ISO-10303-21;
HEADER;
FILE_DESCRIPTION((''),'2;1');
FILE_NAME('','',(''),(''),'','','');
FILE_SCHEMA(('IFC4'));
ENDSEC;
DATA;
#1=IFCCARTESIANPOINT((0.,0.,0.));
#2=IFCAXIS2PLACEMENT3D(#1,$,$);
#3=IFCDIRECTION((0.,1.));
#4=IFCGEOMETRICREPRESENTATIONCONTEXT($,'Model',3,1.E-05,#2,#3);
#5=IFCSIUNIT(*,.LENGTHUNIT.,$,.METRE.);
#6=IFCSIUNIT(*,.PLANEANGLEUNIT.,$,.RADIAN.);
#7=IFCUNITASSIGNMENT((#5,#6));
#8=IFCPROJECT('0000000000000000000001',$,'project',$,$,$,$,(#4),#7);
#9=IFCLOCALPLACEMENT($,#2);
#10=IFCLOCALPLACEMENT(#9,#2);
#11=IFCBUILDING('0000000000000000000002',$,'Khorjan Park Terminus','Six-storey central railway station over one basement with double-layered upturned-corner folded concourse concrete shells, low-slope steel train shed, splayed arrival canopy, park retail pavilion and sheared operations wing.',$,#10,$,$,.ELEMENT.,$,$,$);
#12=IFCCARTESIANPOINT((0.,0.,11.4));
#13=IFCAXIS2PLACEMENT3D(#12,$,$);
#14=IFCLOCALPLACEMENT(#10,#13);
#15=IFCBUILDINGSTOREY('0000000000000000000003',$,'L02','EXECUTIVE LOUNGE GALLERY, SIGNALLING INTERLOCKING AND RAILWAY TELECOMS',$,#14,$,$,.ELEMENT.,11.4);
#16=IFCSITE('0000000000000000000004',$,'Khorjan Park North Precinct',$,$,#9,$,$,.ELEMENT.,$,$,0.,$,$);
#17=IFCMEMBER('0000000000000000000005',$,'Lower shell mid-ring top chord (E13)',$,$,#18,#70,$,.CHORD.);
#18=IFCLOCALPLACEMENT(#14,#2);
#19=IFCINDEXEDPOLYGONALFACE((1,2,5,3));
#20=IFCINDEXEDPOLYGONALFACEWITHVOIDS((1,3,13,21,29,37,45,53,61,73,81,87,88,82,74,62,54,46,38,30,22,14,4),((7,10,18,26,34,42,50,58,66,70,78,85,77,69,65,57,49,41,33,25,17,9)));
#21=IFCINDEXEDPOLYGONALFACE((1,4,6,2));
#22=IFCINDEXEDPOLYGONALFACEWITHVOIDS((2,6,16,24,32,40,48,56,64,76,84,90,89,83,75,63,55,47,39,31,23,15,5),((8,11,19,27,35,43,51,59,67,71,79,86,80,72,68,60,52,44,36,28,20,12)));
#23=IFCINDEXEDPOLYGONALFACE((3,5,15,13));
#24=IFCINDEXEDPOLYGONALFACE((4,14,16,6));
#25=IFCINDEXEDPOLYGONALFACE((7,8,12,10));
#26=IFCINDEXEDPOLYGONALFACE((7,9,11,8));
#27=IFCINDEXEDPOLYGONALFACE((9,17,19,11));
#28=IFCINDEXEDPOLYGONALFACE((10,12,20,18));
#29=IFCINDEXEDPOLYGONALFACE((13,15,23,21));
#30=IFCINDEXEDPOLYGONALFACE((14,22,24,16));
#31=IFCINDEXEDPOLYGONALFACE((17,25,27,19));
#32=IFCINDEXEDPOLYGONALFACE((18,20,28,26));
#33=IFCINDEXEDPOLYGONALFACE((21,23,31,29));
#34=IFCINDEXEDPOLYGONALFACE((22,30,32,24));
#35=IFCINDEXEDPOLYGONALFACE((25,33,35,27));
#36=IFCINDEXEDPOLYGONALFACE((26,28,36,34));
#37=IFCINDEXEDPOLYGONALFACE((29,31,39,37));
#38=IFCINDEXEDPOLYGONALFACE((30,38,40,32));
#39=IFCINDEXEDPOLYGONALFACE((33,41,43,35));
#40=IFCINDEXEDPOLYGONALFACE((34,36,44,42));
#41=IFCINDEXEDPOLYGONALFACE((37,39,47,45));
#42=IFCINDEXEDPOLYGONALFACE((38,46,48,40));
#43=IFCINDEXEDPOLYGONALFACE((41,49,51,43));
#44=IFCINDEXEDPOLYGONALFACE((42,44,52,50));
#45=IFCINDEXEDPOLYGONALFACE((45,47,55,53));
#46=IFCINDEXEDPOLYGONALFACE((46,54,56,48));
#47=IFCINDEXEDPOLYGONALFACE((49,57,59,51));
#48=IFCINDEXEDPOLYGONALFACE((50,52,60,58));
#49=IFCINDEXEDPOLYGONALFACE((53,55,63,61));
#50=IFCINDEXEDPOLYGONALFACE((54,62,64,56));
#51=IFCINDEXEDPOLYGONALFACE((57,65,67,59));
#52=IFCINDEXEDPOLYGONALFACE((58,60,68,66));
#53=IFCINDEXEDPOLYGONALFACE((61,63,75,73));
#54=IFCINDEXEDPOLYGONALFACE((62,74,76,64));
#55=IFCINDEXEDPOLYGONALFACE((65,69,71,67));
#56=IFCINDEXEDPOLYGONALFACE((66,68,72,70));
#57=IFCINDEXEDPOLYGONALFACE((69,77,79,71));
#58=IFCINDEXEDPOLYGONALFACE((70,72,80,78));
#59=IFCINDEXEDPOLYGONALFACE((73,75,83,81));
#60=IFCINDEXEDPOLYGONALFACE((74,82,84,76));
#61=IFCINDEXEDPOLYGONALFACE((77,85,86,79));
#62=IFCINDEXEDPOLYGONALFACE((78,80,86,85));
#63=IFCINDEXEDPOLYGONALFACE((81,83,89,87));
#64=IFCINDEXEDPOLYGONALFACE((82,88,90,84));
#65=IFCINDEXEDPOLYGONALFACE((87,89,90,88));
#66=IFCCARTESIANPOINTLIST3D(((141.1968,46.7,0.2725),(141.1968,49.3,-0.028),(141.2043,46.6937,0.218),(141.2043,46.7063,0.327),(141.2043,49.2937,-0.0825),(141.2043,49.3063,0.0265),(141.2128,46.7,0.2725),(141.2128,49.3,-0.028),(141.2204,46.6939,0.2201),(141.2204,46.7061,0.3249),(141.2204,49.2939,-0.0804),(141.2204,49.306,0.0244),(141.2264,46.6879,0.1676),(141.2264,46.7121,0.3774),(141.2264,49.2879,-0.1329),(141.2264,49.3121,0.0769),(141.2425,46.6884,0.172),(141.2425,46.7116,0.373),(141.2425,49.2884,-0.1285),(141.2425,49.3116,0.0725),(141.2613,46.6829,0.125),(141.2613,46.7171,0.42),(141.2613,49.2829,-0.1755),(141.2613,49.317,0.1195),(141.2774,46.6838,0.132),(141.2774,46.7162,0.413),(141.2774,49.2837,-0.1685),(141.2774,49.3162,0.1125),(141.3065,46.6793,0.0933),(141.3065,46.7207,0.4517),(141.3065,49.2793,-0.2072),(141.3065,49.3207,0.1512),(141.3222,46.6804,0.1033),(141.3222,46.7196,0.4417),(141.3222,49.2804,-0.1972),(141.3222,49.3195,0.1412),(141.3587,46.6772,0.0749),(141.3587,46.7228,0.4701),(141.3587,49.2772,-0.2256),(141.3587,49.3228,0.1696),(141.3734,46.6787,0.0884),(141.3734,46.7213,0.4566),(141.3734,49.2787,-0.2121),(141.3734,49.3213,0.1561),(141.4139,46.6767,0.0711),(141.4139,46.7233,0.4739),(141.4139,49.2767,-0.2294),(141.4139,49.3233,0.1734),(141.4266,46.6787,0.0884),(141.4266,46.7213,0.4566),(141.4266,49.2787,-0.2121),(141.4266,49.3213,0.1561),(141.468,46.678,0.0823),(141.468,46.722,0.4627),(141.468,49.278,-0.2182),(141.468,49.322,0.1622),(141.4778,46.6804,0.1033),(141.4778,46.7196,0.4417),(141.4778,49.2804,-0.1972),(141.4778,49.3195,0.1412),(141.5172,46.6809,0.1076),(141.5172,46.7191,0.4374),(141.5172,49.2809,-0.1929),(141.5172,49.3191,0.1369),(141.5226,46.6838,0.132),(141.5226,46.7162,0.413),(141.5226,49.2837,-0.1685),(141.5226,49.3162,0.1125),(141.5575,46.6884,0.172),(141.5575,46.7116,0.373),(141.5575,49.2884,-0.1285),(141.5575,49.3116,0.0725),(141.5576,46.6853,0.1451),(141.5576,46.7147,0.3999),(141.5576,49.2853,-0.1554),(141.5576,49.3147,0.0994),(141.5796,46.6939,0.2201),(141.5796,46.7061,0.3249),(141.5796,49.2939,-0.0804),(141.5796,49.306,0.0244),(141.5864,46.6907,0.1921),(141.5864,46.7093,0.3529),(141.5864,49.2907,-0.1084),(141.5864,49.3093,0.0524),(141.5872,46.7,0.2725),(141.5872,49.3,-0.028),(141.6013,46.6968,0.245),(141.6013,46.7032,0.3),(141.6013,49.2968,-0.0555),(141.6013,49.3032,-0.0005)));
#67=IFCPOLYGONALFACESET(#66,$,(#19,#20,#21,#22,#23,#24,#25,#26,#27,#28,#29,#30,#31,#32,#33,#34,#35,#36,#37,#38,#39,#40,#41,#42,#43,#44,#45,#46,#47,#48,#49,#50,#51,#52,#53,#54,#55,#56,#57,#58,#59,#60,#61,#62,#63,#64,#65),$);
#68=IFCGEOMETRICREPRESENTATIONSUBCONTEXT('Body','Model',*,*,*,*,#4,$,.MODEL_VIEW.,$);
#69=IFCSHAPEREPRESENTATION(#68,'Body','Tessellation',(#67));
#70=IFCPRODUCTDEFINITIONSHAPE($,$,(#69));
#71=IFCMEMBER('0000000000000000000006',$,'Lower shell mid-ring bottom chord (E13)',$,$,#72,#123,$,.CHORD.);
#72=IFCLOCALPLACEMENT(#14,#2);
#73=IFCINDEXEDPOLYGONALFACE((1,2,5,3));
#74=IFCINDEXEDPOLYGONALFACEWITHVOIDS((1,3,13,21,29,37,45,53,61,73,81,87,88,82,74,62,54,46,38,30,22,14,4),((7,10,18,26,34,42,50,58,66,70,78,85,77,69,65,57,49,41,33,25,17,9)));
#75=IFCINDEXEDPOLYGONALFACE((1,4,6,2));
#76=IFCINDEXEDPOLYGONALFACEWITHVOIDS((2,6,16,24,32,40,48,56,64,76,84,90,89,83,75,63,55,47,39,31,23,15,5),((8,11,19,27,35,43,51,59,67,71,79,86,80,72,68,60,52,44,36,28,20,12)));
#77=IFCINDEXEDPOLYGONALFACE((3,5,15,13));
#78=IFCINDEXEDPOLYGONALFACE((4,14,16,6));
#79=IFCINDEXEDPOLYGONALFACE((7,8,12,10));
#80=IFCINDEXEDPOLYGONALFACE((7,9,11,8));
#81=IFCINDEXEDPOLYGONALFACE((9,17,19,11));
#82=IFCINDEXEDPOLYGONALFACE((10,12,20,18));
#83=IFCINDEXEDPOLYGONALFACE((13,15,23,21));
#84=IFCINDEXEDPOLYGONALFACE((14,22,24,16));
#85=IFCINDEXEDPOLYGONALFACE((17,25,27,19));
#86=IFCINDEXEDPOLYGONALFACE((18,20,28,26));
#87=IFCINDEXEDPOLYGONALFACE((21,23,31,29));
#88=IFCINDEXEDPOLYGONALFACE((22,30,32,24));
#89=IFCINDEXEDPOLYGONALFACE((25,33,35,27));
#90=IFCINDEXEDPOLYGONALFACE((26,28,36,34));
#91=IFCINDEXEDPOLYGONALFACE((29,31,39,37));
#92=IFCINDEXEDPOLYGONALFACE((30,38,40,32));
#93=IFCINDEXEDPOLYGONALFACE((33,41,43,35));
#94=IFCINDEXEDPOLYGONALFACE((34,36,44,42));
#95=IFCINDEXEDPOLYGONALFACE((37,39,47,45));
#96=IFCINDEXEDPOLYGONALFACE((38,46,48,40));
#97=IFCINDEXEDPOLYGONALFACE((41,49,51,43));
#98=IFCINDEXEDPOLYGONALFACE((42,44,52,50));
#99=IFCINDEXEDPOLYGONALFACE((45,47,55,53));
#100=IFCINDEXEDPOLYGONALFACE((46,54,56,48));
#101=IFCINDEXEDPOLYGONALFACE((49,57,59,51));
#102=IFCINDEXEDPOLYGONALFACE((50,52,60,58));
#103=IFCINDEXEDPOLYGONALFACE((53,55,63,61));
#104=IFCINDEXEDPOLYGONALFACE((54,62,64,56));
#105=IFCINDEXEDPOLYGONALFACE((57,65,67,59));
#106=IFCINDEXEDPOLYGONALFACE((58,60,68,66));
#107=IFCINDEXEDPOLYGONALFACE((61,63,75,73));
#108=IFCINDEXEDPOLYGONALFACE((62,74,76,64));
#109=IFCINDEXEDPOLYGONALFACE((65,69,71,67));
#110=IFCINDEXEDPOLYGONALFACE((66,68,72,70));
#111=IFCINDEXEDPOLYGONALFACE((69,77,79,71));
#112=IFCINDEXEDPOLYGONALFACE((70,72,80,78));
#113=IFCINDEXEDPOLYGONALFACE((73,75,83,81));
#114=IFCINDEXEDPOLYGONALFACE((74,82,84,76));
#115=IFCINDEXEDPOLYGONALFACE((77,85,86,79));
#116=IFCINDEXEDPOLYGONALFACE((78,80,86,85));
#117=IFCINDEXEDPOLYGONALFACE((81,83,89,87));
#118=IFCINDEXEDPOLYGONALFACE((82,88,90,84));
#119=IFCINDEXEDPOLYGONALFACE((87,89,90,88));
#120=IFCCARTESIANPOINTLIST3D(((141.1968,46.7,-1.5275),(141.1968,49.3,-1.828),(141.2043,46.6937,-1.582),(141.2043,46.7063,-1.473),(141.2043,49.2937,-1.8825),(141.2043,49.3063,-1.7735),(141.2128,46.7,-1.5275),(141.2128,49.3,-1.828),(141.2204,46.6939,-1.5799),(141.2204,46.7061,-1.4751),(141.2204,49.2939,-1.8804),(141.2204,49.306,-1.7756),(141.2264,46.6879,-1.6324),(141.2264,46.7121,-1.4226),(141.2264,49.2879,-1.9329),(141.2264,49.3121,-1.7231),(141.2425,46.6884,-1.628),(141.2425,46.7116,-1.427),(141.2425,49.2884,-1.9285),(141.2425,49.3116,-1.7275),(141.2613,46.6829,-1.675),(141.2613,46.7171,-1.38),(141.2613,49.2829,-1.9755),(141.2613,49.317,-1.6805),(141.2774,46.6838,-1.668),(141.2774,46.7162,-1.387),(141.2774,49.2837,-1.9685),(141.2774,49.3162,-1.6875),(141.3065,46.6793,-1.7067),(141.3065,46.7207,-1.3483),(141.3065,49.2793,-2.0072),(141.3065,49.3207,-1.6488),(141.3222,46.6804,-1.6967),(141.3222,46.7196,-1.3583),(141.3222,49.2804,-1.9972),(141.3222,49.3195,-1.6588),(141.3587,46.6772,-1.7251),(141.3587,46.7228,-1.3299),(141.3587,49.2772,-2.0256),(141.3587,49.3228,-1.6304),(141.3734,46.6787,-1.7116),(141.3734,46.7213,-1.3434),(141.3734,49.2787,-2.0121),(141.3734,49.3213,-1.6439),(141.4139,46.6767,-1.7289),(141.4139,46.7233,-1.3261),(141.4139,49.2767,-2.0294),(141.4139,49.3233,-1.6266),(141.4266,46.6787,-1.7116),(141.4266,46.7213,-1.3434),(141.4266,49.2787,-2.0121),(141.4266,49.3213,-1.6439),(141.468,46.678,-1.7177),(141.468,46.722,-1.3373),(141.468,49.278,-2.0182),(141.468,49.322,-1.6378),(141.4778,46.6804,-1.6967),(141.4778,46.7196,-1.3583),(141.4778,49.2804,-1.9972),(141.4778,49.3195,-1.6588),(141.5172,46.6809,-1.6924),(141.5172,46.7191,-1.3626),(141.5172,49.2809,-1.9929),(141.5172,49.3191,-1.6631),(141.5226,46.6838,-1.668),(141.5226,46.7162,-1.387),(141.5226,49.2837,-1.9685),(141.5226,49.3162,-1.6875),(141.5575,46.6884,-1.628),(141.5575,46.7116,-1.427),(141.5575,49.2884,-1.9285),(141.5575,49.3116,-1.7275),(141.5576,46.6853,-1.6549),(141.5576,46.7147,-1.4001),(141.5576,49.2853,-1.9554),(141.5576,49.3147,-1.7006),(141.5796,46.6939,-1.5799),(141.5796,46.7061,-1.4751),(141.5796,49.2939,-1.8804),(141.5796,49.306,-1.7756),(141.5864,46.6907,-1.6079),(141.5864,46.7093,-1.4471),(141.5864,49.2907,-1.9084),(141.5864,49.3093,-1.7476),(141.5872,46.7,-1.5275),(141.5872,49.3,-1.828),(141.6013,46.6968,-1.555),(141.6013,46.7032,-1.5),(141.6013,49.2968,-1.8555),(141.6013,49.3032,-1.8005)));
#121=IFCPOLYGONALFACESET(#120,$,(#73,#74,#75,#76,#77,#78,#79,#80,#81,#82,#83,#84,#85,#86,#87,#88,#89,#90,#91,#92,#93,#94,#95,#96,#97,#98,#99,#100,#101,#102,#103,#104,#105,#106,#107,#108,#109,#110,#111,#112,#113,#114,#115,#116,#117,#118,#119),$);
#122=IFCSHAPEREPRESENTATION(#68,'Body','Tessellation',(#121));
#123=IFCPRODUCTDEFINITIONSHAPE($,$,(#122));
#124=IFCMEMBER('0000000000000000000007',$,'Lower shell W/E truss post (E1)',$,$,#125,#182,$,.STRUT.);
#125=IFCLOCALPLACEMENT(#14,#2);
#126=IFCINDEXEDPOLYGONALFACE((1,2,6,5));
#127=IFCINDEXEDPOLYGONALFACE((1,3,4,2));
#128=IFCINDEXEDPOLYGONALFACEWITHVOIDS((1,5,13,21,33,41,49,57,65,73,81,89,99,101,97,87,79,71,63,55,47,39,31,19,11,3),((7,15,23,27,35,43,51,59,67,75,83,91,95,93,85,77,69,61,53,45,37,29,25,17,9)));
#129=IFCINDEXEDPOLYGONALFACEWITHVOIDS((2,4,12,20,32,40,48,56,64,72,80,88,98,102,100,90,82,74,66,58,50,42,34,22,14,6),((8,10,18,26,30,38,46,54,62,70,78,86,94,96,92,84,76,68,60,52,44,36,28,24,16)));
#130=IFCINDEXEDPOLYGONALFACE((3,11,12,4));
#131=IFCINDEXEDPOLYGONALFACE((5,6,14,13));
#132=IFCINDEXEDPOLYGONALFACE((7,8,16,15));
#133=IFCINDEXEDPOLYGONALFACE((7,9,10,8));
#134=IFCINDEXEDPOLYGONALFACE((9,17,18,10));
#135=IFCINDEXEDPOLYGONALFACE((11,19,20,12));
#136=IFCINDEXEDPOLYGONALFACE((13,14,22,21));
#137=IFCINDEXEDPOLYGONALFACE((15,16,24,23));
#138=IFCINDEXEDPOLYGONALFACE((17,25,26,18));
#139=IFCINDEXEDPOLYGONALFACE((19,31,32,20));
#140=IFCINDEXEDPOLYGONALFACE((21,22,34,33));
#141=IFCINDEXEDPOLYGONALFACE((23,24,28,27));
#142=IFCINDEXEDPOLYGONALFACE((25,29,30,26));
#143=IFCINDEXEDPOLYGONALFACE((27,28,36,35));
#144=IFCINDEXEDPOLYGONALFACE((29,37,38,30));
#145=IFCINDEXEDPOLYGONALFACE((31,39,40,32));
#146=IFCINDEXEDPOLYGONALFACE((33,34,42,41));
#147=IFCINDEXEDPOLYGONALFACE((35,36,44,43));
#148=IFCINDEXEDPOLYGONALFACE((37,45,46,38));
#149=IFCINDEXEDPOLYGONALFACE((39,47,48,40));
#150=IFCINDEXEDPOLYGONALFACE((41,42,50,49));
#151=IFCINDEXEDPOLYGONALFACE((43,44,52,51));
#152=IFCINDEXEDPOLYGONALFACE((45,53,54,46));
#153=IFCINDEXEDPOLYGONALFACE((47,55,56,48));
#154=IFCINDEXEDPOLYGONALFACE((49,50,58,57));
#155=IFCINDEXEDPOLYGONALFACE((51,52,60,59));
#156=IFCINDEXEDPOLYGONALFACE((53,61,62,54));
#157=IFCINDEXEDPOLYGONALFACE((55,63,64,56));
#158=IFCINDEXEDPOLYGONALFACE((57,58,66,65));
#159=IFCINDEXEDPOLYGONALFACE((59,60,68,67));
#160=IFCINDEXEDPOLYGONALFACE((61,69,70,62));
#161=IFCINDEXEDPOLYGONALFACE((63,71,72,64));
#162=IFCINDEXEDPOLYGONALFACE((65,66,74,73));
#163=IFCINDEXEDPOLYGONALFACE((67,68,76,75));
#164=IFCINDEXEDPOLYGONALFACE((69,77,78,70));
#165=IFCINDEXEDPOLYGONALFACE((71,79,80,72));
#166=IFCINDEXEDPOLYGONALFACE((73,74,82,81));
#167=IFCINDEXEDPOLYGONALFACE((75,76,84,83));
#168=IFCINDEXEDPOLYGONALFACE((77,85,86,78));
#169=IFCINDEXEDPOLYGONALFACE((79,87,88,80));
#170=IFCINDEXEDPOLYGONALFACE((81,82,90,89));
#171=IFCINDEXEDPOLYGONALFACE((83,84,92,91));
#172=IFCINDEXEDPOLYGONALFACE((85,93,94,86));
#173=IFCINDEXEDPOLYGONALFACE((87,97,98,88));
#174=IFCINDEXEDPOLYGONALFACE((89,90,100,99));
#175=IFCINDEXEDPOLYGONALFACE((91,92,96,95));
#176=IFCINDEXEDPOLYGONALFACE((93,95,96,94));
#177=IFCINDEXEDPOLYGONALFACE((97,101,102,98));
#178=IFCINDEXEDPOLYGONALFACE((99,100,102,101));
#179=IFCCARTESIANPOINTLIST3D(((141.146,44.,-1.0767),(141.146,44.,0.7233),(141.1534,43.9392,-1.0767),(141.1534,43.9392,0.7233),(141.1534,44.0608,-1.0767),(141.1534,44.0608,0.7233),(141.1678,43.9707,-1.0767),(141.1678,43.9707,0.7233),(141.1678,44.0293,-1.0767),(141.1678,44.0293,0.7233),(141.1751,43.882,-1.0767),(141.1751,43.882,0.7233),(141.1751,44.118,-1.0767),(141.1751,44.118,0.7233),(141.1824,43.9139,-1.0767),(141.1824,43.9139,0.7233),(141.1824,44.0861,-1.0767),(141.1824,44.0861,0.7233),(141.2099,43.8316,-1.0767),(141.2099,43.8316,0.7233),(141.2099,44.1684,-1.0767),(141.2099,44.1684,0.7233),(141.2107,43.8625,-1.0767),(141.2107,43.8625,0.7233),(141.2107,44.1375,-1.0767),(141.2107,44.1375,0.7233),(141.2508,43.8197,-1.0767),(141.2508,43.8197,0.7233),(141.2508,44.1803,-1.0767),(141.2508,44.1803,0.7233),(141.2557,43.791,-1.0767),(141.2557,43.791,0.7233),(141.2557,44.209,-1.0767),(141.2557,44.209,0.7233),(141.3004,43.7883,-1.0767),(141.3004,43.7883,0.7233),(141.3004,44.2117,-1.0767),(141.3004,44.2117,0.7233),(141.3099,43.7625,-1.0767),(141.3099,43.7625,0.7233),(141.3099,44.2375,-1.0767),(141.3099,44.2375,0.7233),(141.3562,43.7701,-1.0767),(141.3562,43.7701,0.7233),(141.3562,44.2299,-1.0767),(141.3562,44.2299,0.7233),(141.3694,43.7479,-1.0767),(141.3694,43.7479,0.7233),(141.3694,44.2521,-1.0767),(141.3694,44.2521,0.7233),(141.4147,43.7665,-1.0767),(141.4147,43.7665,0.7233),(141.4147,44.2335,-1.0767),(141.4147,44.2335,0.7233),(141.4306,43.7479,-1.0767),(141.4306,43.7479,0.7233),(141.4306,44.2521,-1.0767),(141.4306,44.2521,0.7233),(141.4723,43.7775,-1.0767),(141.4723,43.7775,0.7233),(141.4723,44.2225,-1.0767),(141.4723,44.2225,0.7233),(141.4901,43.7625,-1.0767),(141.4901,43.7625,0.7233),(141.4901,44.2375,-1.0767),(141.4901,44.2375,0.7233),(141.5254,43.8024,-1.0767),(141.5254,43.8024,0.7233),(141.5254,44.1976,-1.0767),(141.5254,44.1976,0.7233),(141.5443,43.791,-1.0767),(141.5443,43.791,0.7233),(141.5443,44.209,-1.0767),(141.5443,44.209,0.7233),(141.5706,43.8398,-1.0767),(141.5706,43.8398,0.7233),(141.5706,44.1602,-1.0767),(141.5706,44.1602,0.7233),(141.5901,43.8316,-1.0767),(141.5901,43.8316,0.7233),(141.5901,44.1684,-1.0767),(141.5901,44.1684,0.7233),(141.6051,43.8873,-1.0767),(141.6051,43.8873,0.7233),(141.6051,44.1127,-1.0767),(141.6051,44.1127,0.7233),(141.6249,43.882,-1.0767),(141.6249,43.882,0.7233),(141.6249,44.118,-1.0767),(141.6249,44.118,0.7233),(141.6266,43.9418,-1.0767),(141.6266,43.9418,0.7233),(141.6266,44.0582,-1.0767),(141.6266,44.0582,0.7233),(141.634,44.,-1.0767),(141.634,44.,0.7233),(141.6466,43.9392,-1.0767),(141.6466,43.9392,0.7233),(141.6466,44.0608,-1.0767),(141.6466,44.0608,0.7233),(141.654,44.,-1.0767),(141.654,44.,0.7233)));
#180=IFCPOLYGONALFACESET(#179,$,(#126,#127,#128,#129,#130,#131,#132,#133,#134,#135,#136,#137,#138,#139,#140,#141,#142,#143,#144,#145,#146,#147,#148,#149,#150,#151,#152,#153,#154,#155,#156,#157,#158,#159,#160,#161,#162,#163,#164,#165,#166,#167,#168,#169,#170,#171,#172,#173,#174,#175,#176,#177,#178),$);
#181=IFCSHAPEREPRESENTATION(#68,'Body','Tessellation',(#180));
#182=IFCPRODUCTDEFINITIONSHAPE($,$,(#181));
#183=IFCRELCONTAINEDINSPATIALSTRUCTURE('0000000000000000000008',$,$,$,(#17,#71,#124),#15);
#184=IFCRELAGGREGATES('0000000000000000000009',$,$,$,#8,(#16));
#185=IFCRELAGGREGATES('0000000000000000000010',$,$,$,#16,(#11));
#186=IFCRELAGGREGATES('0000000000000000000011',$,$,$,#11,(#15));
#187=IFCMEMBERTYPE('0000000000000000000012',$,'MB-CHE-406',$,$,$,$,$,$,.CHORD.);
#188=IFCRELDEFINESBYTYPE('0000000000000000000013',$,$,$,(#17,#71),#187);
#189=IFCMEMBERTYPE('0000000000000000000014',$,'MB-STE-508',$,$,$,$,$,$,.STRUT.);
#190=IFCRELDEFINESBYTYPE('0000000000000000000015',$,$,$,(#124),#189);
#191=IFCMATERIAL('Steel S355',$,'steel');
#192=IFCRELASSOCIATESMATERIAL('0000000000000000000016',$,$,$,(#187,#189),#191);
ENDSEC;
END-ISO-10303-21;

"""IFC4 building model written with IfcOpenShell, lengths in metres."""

from ifc_helpers import new_model, si_unit, direction, frame, origin, origin_2d, place, context, subcontext, project, spatial, hollow_circle, extrude, material, material_profile, profile_set, type_object, element, save


model = new_model("IFC4")

# Units and contexts
model_context = context("Model", 3, precision=1e-05, world=origin(), true_north=direction((0.0, 1.0)))
body_context = subcontext(model_context, "Body", "Model", "MODEL_VIEW")
ifc_project = project(units=[si_unit("LENGTHUNIT", "METRE"), si_unit("PLANEANGLEUNIT", "RADIAN")], contexts=[model_context])

# Site, building, storey
site_placement = place(None, origin())
site = spatial("IfcSite", under=ifc_project, at=site_placement, Name="Khorjan Park North Precinct", CompositionType="ELEMENT", RefElevation=0.0)
building_placement = place(site_placement, origin())
building = spatial("IfcBuilding", under=site, at=building_placement, Name="Khorjan Park Terminus", Description="Six-storey central railway station over one basement with double-layered upturned-corner folded concourse concrete shells, low-slope steel train shed, splayed arrival canopy, park retail pavilion and sheared operations wing.", CompositionType="ELEMENT")
storey_placement = place(building_placement, frame((0.0, 0.0, 11.4)))
storey = spatial("IfcBuildingStorey", under=building, at=storey_placement, Name="L02", Description="EXECUTIVE LOUNGE GALLERY, SIGNALLING INTERLOCKING AND RAILWAY TELECOMS", CompositionType="ELEMENT", Elevation=11.4)

# Shared definitions
ifc_material_1 = material(Name="Steel S355", Category="steel")

# Members
ifc_material_profile_1 = material_profile(ifc_material_1, hollow_circle(Radius=0.2032, WallThickness=0.016, at=origin_2d()), Name="CHS 406.4x16")
ifc_profile_set_1 = profile_set([ifc_material_profile_1], Name="Steel S355")
member_type_1 = type_object("IfcMemberType", Name="MB-CHE-406", PredefinedType="CHORD", material=ifc_profile_set_1)
for number, where, z_axis, x_axis, name in (
    (1, (141.4, 46.7, 0.2725), (0.0, 0.993387, -0.114813), (-1.0, 0.0, 0.0), "Lower shell mid-ring top chord (E13)"),
    (2, (141.4, 46.7, -1.5275), (0.0, 0.993387, -0.114813), (-1.0, 0.0, 0.0), "Lower shell mid-ring bottom chord (E13)"),
):
    element("IfcMember", number, at=place(storey_placement, frame(where, z_axis=z_axis, x_axis=x_axis)), inside=storey, type_object=member_type_1, Name=name, PredefinedType="CHORD", context=body_context, shape_type="SweptSolid", body=[
        extrude(hollow_circle(Radius=0.2032, WallThickness=0.016, at=origin_2d()), origin(), (0.0, 0.0, 1.0), 2.6173),
    ])
ifc_material_profile_2 = material_profile(ifc_material_1, hollow_circle(Radius=0.254, WallThickness=0.02, at=origin_2d()), Name="CHS 508x20")
ifc_profile_set_2 = profile_set([ifc_material_profile_2], Name="Steel S355")
member_type_2 = type_object("IfcMemberType", Name="MB-STE-508", PredefinedType="STRUT", material=ifc_profile_set_2)
for number, where, z_axis, x_axis, name in (
    (3, (141.4, 44.0, -1.0767), (0.0, 0.0, 1.0), (1.0, 0.0, 0.0), "Lower shell W/E truss post (E1)"),
):
    element("IfcMember", number, at=place(storey_placement, frame(where, z_axis=z_axis, x_axis=x_axis)), inside=storey, type_object=member_type_2, Name=name, PredefinedType="STRUT", context=body_context, shape_type="SweptSolid", body=[
        extrude(hollow_circle(Radius=0.254, WallThickness=0.02, at=origin_2d()), origin(), (0.0, 0.0, 1.0), 1.8),
    ])

save(model, "model.ifc")
